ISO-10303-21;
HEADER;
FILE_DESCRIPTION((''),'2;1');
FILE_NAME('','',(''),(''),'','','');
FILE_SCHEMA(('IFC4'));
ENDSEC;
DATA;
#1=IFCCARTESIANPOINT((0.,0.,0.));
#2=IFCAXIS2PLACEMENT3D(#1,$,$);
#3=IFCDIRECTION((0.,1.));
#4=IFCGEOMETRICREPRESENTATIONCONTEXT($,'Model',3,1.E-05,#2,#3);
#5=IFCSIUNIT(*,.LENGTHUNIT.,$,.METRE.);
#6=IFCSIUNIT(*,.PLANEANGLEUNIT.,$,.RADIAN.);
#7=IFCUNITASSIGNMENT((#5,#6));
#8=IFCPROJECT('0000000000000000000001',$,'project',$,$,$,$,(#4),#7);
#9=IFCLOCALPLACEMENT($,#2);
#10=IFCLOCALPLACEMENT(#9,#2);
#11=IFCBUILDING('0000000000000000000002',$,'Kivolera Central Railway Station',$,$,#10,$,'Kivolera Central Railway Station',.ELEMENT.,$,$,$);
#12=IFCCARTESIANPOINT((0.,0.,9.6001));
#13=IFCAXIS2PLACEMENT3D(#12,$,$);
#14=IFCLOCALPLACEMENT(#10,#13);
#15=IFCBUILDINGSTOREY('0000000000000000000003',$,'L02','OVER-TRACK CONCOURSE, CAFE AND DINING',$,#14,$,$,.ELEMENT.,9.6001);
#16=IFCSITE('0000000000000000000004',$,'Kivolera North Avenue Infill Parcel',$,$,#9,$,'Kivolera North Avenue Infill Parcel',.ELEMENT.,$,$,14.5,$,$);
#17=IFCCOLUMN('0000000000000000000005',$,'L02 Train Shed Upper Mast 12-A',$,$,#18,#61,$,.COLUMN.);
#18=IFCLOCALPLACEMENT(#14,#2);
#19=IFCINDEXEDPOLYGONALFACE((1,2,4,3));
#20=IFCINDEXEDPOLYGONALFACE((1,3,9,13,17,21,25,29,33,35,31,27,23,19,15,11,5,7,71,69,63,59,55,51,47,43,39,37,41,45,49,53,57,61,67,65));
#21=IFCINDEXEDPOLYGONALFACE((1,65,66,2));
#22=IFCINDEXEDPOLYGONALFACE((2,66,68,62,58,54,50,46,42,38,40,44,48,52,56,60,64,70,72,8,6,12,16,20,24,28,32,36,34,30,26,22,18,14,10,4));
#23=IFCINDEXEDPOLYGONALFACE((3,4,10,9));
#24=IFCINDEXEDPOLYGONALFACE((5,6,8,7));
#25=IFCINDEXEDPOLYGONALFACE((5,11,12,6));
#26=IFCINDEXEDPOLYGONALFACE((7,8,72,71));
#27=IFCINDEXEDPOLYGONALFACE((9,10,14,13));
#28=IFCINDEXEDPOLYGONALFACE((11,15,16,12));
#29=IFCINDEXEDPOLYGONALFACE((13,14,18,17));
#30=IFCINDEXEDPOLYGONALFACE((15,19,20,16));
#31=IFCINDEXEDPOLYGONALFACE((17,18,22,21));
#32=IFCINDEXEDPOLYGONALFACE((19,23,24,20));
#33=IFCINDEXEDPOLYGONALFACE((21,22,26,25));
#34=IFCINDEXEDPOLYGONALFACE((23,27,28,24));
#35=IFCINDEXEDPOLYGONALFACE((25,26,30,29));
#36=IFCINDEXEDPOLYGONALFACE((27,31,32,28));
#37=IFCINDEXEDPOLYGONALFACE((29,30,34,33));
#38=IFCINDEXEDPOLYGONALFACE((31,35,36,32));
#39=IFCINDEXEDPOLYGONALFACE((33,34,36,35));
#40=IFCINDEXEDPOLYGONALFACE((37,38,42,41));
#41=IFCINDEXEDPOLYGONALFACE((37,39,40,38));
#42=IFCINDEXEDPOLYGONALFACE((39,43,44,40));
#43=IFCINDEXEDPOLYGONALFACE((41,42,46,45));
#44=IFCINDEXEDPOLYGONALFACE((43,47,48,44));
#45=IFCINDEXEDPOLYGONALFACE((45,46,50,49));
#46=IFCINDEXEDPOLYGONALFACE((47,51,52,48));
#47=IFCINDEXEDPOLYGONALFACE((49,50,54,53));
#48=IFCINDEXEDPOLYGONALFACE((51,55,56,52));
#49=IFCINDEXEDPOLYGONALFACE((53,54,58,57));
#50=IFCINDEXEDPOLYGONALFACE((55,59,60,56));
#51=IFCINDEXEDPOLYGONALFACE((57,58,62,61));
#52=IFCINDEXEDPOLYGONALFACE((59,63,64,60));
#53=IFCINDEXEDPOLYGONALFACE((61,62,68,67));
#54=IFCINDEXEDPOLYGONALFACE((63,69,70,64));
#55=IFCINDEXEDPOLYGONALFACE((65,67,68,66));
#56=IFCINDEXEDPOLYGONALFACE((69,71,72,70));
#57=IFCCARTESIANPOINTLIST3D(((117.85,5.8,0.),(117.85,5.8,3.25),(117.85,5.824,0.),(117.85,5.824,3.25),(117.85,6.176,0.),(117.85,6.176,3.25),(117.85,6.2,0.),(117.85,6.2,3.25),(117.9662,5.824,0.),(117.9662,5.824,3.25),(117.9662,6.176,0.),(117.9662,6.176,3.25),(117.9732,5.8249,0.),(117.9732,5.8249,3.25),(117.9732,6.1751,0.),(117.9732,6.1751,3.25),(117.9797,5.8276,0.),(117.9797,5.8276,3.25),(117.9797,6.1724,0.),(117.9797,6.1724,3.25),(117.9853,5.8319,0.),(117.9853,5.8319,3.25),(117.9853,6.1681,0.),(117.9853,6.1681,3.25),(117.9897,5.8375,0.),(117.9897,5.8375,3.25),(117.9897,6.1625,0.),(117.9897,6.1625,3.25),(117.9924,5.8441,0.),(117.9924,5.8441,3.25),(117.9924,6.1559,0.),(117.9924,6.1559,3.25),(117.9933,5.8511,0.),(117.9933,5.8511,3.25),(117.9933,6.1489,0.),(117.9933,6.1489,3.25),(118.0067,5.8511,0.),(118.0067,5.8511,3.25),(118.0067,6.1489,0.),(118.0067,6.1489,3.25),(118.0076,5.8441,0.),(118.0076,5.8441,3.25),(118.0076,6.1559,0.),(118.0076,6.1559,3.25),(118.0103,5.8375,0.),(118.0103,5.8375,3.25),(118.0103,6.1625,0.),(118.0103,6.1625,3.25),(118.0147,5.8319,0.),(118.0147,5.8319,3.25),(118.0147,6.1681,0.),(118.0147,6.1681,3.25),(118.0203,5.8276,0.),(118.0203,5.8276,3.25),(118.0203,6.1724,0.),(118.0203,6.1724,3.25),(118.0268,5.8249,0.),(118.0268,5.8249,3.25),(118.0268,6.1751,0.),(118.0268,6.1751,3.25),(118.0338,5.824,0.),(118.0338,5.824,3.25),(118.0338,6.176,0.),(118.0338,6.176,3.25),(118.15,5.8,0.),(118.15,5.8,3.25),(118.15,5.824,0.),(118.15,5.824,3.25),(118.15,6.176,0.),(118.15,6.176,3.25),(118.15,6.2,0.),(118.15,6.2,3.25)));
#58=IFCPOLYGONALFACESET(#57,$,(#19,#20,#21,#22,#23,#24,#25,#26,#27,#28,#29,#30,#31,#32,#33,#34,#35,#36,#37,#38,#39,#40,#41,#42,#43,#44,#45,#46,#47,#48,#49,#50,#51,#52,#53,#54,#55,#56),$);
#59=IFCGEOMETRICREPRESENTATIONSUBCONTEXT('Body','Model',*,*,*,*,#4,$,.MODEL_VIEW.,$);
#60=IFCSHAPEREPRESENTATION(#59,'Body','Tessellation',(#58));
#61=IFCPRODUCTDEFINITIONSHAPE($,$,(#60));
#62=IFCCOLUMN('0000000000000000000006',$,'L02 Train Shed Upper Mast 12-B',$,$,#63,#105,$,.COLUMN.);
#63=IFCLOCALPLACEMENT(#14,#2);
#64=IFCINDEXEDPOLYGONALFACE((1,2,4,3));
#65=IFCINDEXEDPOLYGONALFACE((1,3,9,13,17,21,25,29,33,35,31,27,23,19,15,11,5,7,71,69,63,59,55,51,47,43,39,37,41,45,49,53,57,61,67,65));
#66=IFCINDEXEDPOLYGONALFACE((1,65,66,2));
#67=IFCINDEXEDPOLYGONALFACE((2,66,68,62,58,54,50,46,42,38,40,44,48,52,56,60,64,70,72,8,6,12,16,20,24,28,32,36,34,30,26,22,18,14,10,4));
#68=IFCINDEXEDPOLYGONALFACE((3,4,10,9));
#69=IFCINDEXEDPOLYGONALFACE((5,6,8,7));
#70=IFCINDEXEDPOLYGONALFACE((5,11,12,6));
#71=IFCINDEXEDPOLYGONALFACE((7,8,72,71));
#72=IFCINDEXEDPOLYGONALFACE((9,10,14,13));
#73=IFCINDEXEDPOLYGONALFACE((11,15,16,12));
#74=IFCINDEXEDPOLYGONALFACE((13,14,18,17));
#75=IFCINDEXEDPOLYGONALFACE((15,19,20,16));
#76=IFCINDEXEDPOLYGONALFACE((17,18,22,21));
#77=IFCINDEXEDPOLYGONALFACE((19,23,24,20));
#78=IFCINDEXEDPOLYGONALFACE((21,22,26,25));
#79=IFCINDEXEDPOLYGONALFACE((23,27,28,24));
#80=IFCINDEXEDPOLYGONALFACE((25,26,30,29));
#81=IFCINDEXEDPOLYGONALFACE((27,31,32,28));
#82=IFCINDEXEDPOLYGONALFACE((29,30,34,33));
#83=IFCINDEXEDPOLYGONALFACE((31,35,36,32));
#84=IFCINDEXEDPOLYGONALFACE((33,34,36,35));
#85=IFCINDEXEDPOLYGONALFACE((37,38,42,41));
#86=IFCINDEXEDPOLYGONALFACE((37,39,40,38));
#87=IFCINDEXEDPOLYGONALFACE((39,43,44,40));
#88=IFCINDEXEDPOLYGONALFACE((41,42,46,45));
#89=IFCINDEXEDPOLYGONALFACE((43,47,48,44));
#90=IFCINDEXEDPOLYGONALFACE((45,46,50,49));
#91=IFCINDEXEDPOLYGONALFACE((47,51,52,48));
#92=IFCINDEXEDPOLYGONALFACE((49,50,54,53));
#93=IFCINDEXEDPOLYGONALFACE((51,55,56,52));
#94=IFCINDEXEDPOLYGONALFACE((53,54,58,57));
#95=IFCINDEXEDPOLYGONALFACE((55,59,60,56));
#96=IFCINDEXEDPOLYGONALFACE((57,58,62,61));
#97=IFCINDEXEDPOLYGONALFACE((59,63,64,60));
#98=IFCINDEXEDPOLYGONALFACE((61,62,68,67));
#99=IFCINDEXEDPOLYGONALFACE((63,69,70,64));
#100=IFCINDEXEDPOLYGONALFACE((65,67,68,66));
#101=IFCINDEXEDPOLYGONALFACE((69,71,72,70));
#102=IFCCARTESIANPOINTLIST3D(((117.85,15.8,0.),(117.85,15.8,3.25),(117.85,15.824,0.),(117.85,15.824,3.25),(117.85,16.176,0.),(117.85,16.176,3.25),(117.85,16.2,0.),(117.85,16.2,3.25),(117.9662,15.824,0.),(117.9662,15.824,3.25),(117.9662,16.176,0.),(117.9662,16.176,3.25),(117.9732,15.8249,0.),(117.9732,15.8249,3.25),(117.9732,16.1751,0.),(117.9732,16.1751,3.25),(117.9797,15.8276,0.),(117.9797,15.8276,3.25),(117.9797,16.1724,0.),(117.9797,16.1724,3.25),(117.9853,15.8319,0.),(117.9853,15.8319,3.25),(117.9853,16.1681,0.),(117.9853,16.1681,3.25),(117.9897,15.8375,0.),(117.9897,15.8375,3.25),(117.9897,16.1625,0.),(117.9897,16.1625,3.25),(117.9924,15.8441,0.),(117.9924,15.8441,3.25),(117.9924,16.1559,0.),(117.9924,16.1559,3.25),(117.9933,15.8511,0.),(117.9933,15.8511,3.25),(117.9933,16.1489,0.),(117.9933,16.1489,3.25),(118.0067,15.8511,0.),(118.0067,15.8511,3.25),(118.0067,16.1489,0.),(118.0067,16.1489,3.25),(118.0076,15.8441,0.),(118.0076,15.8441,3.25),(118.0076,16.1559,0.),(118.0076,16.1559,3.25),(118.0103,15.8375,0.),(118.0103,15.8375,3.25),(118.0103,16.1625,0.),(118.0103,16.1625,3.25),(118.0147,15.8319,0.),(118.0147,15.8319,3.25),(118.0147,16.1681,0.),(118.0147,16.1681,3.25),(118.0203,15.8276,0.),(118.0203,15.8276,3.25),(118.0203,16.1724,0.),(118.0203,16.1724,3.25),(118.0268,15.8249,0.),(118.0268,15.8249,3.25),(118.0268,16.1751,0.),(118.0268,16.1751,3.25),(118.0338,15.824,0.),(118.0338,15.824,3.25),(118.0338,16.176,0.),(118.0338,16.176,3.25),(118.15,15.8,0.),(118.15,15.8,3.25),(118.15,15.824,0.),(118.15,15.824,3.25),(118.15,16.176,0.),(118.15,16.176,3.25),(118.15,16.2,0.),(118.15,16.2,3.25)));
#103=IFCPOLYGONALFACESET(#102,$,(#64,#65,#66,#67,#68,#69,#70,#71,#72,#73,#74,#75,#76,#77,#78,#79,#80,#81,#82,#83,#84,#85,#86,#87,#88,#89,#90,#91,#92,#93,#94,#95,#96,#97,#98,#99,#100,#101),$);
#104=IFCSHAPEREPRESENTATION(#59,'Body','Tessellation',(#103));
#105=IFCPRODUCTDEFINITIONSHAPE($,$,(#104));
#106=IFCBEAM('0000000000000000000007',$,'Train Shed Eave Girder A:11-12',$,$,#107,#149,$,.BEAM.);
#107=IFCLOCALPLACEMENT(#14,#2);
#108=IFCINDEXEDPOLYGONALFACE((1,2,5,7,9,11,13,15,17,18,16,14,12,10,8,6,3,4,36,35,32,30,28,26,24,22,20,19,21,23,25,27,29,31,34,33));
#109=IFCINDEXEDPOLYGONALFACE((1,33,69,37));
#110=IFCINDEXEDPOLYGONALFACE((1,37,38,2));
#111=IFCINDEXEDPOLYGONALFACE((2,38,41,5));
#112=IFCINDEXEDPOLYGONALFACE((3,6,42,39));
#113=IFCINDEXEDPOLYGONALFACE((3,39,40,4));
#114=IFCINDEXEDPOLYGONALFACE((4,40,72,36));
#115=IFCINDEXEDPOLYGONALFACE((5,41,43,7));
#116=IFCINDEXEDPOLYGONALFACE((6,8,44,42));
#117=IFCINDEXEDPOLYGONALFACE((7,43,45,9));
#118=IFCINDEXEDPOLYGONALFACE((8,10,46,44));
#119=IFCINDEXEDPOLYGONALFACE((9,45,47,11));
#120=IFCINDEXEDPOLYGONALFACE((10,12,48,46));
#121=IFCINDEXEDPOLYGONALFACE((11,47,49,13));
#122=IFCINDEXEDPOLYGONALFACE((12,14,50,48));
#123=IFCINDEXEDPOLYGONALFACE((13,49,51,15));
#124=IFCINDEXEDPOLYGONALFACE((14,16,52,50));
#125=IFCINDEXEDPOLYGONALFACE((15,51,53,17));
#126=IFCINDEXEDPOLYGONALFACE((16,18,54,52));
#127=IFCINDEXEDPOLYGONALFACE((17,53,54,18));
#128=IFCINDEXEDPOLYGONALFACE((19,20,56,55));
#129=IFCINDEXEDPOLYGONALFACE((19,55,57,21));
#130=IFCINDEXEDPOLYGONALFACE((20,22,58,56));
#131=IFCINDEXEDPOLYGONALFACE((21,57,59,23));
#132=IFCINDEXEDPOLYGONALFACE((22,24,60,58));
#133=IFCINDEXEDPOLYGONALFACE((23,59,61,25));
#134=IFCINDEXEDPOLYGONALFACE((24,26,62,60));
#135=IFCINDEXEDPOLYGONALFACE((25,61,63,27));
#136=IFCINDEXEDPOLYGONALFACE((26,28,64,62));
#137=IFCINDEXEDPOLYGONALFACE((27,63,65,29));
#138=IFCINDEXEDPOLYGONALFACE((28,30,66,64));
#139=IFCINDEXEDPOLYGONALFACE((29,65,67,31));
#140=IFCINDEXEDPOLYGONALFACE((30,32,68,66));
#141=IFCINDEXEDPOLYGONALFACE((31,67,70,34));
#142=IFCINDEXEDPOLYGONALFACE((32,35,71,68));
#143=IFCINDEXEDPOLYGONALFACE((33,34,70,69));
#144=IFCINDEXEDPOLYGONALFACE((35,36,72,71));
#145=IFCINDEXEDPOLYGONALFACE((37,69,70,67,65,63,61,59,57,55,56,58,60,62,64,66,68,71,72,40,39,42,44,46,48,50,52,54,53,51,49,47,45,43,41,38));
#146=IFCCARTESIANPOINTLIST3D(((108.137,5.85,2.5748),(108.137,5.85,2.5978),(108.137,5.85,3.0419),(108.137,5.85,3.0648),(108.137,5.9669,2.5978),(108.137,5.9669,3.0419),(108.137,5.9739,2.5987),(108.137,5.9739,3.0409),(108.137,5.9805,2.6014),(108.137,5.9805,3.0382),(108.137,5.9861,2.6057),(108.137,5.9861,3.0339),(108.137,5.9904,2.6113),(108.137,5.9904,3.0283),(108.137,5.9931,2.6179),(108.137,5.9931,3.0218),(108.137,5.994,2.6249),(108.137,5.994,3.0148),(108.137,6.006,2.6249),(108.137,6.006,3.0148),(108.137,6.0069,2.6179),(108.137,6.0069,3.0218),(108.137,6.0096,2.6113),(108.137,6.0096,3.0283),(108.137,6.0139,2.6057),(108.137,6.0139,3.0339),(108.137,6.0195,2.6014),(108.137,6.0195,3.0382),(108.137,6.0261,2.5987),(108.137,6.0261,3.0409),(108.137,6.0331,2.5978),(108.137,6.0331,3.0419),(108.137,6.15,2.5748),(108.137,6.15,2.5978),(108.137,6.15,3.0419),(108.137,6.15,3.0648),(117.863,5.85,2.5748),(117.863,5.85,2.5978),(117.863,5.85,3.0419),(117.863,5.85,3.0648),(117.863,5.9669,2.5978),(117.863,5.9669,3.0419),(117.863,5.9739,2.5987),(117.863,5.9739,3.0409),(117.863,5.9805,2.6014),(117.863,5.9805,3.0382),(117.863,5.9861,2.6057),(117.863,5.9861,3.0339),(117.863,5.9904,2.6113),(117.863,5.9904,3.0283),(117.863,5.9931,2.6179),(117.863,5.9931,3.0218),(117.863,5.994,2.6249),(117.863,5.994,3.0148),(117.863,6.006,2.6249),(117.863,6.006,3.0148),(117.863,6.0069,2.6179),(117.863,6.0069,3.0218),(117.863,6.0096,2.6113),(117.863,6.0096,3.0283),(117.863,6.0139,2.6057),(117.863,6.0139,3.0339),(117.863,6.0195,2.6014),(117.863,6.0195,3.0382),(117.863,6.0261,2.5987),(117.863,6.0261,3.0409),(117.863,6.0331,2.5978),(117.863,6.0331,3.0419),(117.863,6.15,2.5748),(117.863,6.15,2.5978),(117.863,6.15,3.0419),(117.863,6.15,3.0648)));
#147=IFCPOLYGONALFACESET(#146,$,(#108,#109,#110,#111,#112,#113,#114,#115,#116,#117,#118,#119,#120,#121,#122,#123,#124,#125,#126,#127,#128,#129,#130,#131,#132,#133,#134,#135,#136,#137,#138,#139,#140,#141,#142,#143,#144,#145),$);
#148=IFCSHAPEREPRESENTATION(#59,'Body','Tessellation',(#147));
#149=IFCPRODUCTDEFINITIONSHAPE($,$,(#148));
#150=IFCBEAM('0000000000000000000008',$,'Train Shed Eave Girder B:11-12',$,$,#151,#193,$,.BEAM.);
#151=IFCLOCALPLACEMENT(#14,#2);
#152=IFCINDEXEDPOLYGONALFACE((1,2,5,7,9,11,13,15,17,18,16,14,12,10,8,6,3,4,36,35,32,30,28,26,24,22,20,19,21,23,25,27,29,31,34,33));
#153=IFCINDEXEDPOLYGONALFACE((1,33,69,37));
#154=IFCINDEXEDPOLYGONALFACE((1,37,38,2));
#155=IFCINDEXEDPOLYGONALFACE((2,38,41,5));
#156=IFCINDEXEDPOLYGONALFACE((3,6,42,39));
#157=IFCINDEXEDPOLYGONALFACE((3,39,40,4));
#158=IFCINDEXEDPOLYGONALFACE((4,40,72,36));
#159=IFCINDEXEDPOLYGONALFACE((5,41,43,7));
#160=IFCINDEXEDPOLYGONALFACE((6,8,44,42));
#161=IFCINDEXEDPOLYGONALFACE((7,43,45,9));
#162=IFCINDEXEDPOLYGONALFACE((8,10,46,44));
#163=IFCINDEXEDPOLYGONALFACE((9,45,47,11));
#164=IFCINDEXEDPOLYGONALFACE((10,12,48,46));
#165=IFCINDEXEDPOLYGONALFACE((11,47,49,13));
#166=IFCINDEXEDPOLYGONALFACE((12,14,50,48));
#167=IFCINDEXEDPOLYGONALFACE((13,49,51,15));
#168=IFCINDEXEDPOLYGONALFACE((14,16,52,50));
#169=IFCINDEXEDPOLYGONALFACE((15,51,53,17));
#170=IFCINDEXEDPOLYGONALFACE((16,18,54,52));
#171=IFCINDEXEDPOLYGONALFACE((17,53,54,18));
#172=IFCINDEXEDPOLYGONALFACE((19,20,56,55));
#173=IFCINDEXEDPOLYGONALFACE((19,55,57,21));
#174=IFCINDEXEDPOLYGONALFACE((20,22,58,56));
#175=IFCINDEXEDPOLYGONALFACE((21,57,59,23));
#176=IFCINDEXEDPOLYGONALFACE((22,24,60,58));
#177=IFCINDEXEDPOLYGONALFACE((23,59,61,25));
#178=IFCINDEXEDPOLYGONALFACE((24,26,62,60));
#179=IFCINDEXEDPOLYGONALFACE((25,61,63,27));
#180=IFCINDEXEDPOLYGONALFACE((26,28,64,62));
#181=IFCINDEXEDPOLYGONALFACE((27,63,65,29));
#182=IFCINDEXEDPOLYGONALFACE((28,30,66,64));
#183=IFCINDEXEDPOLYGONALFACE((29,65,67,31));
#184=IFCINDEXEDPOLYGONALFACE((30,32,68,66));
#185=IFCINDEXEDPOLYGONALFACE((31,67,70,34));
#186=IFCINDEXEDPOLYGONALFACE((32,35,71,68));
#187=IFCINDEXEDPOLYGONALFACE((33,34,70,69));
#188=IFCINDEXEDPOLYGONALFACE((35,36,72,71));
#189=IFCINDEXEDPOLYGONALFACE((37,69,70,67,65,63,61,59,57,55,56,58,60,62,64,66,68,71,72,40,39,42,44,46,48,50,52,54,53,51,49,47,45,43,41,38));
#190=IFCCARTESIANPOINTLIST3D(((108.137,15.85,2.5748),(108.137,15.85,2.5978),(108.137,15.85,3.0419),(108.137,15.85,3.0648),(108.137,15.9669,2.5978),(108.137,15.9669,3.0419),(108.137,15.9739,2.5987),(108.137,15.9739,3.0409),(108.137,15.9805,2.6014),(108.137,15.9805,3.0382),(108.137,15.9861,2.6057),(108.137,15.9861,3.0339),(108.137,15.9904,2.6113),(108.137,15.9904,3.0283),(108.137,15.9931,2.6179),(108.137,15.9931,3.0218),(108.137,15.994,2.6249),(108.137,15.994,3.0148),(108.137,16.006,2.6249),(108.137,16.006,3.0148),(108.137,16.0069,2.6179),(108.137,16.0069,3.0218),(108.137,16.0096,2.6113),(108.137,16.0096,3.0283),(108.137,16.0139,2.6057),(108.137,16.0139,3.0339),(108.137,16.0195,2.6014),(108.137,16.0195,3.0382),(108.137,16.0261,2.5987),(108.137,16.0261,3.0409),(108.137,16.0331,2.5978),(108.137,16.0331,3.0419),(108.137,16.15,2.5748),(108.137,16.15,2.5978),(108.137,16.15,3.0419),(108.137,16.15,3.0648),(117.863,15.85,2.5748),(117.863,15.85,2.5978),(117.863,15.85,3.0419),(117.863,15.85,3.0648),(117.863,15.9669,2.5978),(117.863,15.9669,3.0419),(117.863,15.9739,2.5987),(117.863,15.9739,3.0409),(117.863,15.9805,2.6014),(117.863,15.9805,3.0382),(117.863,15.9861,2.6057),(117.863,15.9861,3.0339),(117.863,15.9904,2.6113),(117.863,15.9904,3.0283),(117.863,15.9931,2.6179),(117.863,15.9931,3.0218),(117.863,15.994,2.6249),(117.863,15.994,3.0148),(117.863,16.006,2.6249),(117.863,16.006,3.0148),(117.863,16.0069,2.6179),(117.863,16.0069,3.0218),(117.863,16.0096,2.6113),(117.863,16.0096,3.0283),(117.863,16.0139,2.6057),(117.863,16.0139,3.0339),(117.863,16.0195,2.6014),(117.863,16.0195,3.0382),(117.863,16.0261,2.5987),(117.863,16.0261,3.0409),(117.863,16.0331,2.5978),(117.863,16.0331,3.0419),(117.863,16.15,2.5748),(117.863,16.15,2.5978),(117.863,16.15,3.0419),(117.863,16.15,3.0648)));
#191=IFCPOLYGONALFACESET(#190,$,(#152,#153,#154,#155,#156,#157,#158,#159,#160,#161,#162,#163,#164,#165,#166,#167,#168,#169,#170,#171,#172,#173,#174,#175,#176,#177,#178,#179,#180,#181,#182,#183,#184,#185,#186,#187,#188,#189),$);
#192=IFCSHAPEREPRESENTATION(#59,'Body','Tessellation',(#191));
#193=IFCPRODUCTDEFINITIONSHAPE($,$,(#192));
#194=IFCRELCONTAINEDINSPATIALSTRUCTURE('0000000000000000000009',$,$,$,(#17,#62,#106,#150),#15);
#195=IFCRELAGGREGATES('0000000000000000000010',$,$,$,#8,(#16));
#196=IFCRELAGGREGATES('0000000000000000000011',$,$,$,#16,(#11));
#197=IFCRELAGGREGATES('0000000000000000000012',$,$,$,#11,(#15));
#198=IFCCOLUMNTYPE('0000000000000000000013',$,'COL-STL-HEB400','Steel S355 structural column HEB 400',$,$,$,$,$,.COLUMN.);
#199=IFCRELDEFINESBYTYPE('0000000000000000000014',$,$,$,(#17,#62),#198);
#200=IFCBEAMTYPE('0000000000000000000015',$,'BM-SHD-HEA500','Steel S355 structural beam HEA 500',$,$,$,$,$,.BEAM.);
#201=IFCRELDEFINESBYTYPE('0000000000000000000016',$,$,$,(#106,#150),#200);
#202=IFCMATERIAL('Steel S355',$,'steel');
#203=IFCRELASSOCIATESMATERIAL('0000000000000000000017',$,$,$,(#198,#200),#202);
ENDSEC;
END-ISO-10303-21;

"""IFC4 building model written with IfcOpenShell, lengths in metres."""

from ifc_helpers import new_model, si_unit, direction, frame, origin, origin_2d, place, context, subcontext, project, spatial, i_section, extrude, material, material_profile, profile_set, type_object, element, save


model = new_model("IFC4")

# Units and contexts
model_context = context("Model", 3, precision=1e-05, world=origin(), true_north=direction((0.0, 1.0)))
body_context = subcontext(model_context, "Body", "Model", "MODEL_VIEW")
ifc_project = project(units=[si_unit("LENGTHUNIT", "METRE"), si_unit("PLANEANGLEUNIT", "RADIAN")], contexts=[model_context])

# Site, building, storey
site_placement = place(None, origin())
site = spatial("IfcSite", under=ifc_project, at=site_placement, Name="Kivolera North Avenue Infill Parcel", LongName="Kivolera North Avenue Infill Parcel", CompositionType="ELEMENT", RefElevation=14.5)
building_placement = place(site_placement, origin())
building = spatial("IfcBuilding", under=site, at=building_placement, Name="Kivolera Central Railway Station", LongName="Kivolera Central Railway Station", CompositionType="ELEMENT")
storey_placement = place(building_placement, frame((0.0, 0.0, 9.6001)))
storey = spatial("IfcBuildingStorey", under=building, at=storey_placement, Name="L02", Description="OVER-TRACK CONCOURSE, CAFE AND DINING", CompositionType="ELEMENT", Elevation=9.6001)

# Columns
ifc_material_1 = material(Name="Steel S355", Category="steel")
ifc_material_profile_1 = material_profile(ifc_material_1, i_section(OverallWidth=0.3, OverallDepth=0.3999, WebThickness=0.0134, FlangeThickness=0.0239, FilletRadius=0.0271, at=origin_2d()), Name="HEB 400")
ifc_profile_set_1 = profile_set([ifc_material_profile_1], Name="Steel S355")
column_type = type_object("IfcColumnType", Name="COL-STL-HEB400", Description="Steel S355 structural column HEB 400", PredefinedType="COLUMN", material=ifc_profile_set_1)
for number, where, z_axis, x_axis, name in (
    (1, (118.0, 6.0, 0.0), (0.0, 0.0, 1.0), (1.0, 0.0, 0.0), "L02 Train Shed Upper Mast 12-A"),
    (2, (118.0, 16.0, 0.0), (0.0, 0.0, 1.0), (1.0, 0.0, 0.0), "L02 Train Shed Upper Mast 12-B"),
):
    element("IfcColumn", number, at=place(storey_placement, frame(where, z_axis=z_axis, x_axis=x_axis)), inside=storey, type_object=column_type, Name=name, PredefinedType="COLUMN", context=body_context, shape_type="SweptSolid", body=[
        extrude(i_section(OverallWidth=0.3, OverallDepth=0.3999, WebThickness=0.0134, FlangeThickness=0.0239, FilletRadius=0.0271, at=origin_2d()), origin(), (0.0, 0.0, 1.0), 3.25),
    ])

# Beams
ifc_material_profile_2 = material_profile(ifc_material_1, i_section(OverallWidth=0.3, OverallDepth=0.49, WebThickness=0.012, FlangeThickness=0.0229, FilletRadius=0.0271, at=origin_2d()), Name="HEA 500")
ifc_profile_set_2 = profile_set([ifc_material_profile_2], Name="Steel S355")
beam_type_1 = type_object("IfcBeamType", Name="BM-SHD-HEA500", Description="Steel S355 structural beam HEA 500", PredefinedType="BEAM", material=ifc_profile_set_2)
for number, where, z_axis, x_axis, name in (
    (3, (108.137, 6.0, 2.8198), (1.0, 0.0, 0.0), (0.0, 1.0, 0.0), "Train Shed Eave Girder A:11-12"),
    (4, (108.137, 16.0, 2.8198), (1.0, 0.0, 0.0), (0.0, 1.0, 0.0), "Train Shed Eave Girder B:11-12"),
):
    element("IfcBeam", number, at=place(storey_placement, frame(where, z_axis=z_axis, x_axis=x_axis)), inside=storey, type_object=beam_type_1, Name=name, PredefinedType="BEAM", context=body_context, shape_type="SweptSolid", body=[
        extrude(i_section(OverallWidth=0.3, OverallDepth=0.49, WebThickness=0.012, FlangeThickness=0.0229, FilletRadius=0.0271, at=origin_2d()), origin(), (0.0, 0.0, 1.0), 9.7261),
    ])

save(model, "model.ifc")
